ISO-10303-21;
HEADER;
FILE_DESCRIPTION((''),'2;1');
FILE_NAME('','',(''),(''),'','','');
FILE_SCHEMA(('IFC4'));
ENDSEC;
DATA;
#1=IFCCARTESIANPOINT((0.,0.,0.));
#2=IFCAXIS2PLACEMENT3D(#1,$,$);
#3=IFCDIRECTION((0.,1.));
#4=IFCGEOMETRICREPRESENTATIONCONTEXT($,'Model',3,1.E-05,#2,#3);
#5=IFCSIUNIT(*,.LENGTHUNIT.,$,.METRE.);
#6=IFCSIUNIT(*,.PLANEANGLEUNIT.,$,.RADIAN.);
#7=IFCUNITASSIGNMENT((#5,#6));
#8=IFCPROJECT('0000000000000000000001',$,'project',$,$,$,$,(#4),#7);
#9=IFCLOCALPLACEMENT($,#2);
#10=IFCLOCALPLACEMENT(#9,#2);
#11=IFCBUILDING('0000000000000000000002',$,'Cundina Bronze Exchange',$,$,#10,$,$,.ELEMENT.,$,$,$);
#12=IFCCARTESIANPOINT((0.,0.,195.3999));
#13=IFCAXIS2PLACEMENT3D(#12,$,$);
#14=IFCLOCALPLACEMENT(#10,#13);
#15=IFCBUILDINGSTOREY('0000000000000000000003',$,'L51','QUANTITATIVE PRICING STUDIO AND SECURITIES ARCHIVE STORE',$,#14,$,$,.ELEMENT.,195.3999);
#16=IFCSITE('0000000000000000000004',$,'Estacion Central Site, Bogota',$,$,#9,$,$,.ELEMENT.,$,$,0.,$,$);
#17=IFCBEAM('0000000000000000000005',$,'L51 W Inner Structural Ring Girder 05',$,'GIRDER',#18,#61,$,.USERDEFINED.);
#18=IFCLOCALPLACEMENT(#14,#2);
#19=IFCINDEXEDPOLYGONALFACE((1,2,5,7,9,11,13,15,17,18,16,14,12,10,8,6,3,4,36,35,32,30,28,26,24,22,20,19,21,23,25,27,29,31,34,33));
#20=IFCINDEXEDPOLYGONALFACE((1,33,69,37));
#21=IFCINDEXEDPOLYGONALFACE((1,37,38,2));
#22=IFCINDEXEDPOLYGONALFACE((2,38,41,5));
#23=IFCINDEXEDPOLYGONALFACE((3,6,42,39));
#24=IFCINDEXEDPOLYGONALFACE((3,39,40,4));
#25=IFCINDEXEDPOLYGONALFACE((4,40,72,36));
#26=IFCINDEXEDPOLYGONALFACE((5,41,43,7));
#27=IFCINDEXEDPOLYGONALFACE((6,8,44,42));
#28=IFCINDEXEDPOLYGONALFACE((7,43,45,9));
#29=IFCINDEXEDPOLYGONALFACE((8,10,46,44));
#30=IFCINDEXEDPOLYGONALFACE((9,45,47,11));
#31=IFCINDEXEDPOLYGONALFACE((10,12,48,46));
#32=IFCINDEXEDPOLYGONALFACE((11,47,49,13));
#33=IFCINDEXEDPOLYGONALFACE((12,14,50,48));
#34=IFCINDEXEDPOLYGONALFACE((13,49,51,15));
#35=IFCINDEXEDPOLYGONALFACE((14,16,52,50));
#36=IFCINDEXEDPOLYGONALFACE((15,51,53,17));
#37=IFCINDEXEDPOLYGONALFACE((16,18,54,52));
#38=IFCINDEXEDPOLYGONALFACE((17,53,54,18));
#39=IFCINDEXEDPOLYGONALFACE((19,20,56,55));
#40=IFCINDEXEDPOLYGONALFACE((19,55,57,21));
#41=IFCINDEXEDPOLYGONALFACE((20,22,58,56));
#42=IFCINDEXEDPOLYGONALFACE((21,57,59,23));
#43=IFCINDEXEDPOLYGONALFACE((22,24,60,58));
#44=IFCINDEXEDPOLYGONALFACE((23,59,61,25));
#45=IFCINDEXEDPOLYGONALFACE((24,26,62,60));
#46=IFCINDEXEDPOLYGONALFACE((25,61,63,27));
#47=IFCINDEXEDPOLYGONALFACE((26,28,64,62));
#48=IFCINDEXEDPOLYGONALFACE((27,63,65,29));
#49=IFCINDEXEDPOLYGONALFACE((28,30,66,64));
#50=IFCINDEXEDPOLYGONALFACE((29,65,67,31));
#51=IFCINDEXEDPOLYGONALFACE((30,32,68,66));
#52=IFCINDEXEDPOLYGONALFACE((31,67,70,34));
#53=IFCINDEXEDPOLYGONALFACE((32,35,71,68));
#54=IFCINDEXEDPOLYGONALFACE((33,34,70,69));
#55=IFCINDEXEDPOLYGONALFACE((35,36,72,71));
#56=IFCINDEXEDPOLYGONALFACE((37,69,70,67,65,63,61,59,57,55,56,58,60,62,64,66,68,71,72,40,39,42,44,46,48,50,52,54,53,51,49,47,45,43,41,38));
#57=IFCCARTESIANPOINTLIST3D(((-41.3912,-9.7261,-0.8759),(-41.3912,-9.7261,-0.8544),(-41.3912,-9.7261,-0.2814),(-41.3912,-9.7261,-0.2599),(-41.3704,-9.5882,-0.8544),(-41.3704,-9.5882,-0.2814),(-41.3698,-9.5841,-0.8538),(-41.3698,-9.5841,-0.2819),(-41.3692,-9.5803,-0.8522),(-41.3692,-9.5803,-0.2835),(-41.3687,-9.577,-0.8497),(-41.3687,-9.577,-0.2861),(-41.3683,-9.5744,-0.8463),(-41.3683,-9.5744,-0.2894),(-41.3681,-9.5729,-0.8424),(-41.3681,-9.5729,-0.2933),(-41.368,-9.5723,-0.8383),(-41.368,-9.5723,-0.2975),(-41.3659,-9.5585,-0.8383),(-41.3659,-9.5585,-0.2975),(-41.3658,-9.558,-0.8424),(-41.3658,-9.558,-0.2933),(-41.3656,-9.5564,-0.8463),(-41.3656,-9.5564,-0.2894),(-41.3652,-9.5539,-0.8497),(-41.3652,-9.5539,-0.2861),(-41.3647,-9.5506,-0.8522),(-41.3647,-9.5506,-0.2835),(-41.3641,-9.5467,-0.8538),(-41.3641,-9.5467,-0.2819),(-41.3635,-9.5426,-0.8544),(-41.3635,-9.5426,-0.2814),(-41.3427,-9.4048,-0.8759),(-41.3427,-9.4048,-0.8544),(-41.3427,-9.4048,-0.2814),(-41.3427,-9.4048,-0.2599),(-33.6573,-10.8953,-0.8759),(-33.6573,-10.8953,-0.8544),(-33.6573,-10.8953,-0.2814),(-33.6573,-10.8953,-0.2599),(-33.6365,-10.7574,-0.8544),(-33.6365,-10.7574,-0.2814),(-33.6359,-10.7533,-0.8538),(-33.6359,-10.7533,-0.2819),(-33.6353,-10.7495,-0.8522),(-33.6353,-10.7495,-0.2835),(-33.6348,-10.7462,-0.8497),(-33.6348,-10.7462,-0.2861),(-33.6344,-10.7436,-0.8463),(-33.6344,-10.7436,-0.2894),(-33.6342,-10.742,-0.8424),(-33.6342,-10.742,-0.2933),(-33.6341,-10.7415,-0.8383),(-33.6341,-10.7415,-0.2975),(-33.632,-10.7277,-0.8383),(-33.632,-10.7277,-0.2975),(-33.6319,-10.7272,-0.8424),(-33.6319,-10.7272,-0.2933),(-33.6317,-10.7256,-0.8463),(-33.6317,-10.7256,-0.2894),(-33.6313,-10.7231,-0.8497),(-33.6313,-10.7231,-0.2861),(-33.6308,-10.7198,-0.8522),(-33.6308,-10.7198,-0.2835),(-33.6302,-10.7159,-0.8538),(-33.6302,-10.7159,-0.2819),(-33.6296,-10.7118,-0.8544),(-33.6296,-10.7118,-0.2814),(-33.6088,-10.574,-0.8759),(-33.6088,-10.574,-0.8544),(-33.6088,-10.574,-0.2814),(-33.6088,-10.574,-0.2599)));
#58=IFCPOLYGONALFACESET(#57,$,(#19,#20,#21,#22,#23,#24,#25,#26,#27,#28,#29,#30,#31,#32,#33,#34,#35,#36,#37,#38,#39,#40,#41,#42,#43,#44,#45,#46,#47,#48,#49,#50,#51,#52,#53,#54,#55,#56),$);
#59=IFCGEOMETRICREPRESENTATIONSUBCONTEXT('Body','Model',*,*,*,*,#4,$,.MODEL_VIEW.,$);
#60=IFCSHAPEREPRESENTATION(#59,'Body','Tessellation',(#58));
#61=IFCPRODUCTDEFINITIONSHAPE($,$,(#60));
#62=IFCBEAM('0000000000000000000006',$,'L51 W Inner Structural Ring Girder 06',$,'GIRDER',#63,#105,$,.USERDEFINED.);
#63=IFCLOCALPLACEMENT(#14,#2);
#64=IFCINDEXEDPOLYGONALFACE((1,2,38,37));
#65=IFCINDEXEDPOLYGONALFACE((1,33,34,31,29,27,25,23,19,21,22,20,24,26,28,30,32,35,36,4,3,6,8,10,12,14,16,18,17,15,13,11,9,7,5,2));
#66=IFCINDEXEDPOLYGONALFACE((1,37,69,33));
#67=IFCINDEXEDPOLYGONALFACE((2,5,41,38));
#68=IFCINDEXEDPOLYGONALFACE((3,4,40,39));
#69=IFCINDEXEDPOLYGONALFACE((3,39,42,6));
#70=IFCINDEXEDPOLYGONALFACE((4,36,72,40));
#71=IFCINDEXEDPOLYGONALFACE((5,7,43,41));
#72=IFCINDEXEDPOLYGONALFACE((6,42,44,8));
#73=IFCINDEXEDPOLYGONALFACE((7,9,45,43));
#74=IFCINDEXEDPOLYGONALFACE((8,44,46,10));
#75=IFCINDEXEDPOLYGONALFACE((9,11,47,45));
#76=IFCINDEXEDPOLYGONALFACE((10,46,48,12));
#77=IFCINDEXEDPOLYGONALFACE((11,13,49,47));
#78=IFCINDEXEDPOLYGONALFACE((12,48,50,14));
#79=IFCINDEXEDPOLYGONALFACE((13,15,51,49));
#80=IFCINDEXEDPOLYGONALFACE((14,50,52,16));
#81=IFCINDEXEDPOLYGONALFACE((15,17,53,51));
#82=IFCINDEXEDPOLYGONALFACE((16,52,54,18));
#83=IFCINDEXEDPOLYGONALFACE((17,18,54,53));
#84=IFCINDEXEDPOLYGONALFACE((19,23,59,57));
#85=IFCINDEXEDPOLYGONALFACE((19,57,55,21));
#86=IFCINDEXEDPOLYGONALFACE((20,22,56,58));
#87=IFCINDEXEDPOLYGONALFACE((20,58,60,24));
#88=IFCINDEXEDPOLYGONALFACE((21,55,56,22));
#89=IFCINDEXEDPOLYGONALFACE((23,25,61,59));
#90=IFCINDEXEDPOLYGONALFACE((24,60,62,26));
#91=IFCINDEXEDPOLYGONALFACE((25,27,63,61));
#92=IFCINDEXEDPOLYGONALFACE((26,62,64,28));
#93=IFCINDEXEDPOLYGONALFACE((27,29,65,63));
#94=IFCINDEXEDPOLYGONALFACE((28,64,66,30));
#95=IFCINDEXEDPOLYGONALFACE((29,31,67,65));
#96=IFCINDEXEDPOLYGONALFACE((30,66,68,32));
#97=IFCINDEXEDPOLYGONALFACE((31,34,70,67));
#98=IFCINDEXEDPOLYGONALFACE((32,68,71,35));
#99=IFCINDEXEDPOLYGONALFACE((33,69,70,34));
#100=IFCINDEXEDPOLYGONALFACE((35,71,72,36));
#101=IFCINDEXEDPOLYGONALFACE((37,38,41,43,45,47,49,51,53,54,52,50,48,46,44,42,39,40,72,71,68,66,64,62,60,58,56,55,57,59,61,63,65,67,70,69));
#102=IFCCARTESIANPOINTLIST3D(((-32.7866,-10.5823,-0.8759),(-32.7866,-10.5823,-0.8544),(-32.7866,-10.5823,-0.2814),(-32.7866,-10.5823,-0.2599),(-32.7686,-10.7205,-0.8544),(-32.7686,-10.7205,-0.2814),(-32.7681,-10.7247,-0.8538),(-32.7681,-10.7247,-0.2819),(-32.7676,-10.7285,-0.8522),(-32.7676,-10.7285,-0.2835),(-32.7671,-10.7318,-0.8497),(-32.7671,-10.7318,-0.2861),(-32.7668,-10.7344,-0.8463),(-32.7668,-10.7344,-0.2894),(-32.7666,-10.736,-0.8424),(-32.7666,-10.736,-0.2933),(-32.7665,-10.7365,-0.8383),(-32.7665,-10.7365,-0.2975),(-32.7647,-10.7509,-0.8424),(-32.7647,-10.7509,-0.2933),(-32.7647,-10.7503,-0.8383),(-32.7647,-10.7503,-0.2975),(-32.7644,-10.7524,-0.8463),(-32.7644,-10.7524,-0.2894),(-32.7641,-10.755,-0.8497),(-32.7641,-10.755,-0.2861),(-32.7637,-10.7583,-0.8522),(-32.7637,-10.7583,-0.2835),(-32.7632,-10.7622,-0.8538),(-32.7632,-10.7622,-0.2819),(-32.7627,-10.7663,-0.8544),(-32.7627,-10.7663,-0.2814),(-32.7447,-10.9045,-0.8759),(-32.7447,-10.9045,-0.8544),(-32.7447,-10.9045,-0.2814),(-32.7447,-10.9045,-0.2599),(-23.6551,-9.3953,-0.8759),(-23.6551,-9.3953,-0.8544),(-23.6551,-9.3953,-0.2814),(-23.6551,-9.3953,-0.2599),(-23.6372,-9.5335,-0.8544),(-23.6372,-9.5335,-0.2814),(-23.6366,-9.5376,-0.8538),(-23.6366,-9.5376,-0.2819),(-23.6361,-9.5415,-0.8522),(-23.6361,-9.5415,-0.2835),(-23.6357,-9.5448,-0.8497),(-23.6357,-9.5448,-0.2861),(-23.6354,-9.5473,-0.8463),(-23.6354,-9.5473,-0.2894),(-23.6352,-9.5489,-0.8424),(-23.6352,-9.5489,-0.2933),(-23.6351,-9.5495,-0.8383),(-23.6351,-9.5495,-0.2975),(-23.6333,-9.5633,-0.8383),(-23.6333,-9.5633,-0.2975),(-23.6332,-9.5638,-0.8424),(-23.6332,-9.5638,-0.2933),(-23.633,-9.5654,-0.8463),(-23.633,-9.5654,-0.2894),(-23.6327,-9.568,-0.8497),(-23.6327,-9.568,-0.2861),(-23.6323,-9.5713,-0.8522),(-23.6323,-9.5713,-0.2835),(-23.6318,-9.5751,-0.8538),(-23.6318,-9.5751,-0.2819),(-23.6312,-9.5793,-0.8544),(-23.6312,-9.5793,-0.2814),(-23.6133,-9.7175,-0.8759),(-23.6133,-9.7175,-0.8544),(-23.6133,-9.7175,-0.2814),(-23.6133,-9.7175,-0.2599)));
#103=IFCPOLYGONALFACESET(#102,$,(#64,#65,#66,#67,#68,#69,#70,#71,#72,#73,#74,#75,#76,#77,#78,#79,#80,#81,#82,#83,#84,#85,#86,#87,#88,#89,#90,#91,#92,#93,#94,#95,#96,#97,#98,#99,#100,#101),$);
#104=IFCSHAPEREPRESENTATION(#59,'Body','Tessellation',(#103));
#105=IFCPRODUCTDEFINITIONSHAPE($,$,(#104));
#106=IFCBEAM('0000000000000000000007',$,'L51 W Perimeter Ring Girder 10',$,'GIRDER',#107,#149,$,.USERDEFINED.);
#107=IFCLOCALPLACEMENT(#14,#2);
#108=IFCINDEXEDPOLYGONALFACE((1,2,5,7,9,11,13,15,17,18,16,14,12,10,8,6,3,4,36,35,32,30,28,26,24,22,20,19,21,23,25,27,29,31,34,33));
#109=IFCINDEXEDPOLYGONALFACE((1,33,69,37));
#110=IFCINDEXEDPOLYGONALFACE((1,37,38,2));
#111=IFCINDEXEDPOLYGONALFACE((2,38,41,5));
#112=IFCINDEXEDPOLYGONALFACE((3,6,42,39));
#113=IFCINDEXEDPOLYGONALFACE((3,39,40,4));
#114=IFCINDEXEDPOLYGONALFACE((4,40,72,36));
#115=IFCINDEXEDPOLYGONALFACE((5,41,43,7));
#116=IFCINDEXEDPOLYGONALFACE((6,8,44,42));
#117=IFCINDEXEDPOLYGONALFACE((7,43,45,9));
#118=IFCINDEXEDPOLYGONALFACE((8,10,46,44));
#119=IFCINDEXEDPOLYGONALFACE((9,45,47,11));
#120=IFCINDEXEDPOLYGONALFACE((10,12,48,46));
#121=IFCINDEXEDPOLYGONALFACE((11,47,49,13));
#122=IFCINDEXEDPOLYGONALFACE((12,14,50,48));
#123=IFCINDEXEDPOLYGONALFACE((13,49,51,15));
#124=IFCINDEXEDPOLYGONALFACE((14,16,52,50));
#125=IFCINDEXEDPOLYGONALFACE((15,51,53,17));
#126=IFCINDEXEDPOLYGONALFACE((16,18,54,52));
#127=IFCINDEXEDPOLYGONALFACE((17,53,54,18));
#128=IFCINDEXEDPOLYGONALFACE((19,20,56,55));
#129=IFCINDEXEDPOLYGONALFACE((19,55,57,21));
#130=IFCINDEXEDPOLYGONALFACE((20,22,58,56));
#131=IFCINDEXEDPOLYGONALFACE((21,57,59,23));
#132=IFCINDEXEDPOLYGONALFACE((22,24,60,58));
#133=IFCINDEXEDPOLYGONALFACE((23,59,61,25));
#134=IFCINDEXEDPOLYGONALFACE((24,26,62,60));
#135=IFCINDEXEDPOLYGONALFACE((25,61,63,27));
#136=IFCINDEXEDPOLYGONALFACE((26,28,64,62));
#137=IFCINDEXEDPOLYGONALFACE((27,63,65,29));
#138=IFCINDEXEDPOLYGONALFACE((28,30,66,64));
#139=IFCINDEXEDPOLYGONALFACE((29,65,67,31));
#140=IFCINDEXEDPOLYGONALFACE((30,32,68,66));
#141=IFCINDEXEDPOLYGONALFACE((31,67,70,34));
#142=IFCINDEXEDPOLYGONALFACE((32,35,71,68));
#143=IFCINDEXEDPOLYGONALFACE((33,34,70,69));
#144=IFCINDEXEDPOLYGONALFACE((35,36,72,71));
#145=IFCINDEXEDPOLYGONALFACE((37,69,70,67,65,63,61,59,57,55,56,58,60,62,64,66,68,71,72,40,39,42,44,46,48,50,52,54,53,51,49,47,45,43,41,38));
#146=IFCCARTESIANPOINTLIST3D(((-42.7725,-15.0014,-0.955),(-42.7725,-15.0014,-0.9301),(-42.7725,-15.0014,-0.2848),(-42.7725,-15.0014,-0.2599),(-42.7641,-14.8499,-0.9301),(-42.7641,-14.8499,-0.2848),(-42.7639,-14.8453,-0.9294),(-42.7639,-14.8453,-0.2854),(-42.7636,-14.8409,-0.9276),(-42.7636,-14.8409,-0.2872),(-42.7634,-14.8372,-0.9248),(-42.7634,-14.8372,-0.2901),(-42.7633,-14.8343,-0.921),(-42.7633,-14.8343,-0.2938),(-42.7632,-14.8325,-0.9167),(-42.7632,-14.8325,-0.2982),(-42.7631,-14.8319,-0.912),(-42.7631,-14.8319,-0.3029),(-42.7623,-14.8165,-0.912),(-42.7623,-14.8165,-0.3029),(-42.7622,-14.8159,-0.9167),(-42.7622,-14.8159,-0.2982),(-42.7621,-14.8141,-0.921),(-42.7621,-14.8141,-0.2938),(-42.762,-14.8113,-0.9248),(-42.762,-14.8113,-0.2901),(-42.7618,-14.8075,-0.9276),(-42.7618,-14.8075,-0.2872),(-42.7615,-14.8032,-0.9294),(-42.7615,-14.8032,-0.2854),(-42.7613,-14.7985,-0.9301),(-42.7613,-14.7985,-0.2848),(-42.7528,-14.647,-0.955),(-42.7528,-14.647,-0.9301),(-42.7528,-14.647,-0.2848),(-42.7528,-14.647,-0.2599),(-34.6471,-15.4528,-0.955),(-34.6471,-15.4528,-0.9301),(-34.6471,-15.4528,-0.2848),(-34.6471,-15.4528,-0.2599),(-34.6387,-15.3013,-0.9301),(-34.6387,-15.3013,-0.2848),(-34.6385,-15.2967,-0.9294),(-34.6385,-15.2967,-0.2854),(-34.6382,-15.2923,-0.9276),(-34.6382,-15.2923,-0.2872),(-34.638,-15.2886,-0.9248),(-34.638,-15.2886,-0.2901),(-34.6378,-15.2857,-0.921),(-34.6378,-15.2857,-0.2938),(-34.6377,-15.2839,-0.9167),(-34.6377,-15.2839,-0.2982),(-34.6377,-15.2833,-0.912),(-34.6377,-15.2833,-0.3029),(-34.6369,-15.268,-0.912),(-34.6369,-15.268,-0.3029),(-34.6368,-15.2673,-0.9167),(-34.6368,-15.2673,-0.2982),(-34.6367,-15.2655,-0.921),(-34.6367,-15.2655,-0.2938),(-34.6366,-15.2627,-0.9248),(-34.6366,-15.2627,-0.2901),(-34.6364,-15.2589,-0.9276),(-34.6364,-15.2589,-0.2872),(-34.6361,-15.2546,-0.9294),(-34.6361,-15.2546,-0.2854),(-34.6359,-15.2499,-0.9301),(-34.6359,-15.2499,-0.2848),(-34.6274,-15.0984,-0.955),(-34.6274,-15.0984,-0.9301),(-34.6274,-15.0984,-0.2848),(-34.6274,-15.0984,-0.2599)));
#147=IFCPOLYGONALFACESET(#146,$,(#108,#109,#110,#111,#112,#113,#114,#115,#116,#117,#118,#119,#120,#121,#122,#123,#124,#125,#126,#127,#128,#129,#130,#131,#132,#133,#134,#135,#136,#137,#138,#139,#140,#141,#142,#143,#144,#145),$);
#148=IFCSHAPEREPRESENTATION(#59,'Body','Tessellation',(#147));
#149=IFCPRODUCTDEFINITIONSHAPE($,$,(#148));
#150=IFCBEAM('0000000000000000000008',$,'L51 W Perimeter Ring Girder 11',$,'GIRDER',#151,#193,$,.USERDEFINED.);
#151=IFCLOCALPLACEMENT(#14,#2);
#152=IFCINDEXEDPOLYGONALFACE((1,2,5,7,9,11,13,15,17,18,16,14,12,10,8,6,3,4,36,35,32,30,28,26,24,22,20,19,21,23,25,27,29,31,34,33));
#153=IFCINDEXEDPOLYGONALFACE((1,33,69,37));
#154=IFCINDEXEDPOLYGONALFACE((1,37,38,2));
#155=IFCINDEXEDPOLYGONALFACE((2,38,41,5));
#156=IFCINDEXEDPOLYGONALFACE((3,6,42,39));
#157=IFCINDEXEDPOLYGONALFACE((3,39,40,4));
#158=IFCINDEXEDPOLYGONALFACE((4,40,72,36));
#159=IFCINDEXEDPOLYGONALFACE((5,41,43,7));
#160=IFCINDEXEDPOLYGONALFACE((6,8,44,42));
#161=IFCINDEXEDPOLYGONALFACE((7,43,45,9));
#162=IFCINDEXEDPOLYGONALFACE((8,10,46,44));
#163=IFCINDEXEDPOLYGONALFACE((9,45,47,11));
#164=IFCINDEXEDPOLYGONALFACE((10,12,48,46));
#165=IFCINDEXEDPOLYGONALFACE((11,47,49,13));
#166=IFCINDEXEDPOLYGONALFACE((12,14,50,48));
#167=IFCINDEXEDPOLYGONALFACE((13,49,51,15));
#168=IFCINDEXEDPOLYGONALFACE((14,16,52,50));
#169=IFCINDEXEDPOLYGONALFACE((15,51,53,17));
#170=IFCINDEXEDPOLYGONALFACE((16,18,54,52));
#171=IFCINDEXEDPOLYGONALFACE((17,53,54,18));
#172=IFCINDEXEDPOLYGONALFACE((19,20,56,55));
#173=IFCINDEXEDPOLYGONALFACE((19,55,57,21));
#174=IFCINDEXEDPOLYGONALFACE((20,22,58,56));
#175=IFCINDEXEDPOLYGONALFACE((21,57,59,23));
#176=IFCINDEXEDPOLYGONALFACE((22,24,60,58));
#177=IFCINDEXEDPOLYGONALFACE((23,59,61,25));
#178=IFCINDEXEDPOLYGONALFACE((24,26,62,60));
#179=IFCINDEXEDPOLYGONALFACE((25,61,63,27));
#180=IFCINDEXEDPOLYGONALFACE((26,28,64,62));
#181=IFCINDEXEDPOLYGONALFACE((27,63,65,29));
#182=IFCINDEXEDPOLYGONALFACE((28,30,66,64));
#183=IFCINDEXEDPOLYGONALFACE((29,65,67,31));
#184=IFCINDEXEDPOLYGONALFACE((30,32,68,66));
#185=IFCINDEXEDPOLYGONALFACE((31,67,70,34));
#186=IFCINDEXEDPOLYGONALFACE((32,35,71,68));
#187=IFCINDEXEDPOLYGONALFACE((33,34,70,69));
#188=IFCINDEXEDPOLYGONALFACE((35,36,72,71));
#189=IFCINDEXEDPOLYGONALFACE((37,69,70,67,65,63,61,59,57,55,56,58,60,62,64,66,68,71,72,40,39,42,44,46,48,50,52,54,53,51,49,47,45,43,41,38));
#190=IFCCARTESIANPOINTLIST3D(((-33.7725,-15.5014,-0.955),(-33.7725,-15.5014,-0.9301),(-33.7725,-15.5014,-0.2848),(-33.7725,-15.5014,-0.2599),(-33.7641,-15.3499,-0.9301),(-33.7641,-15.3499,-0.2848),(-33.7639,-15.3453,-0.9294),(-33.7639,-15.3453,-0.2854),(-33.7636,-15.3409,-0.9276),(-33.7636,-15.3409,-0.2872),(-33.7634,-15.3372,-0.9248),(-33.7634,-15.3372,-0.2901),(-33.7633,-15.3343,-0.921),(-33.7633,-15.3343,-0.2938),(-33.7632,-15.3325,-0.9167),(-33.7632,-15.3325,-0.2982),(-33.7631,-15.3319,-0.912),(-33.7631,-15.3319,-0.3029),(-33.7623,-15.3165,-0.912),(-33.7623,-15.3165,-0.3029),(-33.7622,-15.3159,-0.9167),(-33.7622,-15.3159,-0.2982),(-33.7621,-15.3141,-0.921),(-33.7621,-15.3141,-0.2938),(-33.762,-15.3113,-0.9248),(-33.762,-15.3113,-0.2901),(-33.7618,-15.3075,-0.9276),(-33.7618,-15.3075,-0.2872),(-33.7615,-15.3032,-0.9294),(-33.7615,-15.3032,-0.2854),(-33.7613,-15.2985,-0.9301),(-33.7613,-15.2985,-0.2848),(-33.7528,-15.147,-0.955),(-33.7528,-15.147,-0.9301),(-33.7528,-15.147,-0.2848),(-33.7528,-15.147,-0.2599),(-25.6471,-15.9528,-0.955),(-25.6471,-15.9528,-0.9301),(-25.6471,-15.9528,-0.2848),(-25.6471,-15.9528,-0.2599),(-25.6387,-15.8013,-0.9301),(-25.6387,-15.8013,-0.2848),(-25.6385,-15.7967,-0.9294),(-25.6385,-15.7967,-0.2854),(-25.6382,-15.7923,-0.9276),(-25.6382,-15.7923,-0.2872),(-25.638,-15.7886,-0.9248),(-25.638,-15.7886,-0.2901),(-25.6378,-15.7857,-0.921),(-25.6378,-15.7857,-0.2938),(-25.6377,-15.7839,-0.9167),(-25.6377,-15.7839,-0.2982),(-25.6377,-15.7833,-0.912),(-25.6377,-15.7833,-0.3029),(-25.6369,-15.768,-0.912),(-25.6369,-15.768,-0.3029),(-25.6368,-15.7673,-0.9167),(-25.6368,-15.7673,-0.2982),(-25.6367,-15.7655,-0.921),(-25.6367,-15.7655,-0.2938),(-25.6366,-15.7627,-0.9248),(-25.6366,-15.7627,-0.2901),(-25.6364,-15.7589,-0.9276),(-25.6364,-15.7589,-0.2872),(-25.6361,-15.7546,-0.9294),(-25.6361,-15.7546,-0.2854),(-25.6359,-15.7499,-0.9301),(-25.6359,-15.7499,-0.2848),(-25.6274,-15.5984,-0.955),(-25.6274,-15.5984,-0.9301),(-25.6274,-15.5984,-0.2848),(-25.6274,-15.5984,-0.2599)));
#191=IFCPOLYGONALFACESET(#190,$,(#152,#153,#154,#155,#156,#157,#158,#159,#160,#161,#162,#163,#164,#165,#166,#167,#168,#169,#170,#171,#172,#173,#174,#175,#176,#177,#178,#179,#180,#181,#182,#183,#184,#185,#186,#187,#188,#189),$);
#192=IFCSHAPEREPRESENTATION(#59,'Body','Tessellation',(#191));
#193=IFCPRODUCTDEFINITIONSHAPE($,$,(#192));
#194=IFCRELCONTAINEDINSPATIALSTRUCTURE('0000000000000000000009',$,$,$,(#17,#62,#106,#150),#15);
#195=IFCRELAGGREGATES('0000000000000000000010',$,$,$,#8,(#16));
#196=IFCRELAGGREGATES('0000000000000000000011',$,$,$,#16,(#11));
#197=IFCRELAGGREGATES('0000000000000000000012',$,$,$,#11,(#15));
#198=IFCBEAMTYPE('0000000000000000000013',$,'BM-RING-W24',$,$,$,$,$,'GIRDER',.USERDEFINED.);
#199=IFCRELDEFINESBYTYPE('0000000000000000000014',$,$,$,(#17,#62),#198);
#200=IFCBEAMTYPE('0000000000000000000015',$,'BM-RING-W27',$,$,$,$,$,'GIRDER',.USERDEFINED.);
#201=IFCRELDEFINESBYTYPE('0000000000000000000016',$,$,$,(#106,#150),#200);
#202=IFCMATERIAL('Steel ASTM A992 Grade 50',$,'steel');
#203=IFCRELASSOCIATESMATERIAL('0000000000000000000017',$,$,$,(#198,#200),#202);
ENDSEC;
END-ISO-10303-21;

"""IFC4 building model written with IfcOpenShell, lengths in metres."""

from ifc_helpers import new_model, si_unit, direction, frame, origin, origin_2d, place, context, subcontext, project, spatial, i_section, extrude, material, material_profile, profile_set, type_object, element, save


model = new_model("IFC4")

# Units and contexts
model_context = context("Model", 3, precision=1e-05, world=origin(), true_north=direction((0.0, 1.0)))
body_context = subcontext(model_context, "Body", "Model", "MODEL_VIEW")
ifc_project = project(units=[si_unit("LENGTHUNIT", "METRE"), si_unit("PLANEANGLEUNIT", "RADIAN")], contexts=[model_context])

# Site, building, storey
site_placement = place(None, origin())
site = spatial("IfcSite", under=ifc_project, at=site_placement, Name="Estacion Central Site, Bogota", CompositionType="ELEMENT", RefElevation=0.0)
building_placement = place(site_placement, origin())
building = spatial("IfcBuilding", under=site, at=building_placement, Name="Cundina Bronze Exchange", CompositionType="ELEMENT")
storey_placement = place(building_placement, frame((0.0, 0.0, 195.3999)))
storey = spatial("IfcBuildingStorey", under=building, at=storey_placement, Name="L51", Description="QUANTITATIVE PRICING STUDIO AND SECURITIES ARCHIVE STORE", CompositionType="ELEMENT", Elevation=195.3999)

# Beams
ifc_material_1 = material(Name="Steel ASTM A992 Grade 50", Category="steel")
ifc_material_profile_1 = material_profile(ifc_material_1, i_section(OverallWidth=0.325, OverallDepth=0.616, WebThickness=0.0139, FlangeThickness=0.0215, FilletRadius=0.0161, at=origin_2d()), Name="W24X117", Category="steel")
ifc_profile_set_1 = profile_set([ifc_material_profile_1], Name="Steel ASTM A992 Grade 50")
beam_type_1 = type_object("IfcBeamType", Name="BM-RING-W24", ElementType="GIRDER", PredefinedType="USERDEFINED", material=ifc_profile_set_1)
beam_1_placement = place(storey_placement, frame((-41.3669, -9.5654, -0.5679), z_axis=(0.988765, -0.149479, 0.0), x_axis=(0.149479, 0.988765, 0.0)))
element("IfcBeam", 1, at=beam_1_placement, inside=storey, type_object=beam_type_1, Name="L51 W Inner Structural Ring Girder 05", ObjectType="GIRDER", PredefinedType="USERDEFINED", context=body_context, shape_type="SweptSolid", body=[
    extrude(i_section(OverallWidth=0.325, OverallDepth=0.616, WebThickness=0.0139, FlangeThickness=0.0215, FilletRadius=0.0161, at=origin_2d()), origin(), (0.0, 0.0, 1.0), 7.8218),
])
beam_2_placement = place(storey_placement, frame((-32.7656, -10.7434, -0.5679), z_axis=(0.991656, 0.128908, 0.0), x_axis=(-0.128908, 0.991656, 0.0)))
element("IfcBeam", 2, at=beam_2_placement, inside=storey, type_object=beam_type_1, Name="L51 W Inner Structural Ring Girder 06", ObjectType="GIRDER", PredefinedType="USERDEFINED", context=body_context, shape_type="SweptSolid", body=[
    extrude(i_section(OverallWidth=0.325, OverallDepth=0.616, WebThickness=0.0139, FlangeThickness=0.0215, FilletRadius=0.0161, at=origin_2d()), origin(), (0.0, 0.0, 1.0), 9.2083),
])
ifc_material_profile_2 = material_profile(ifc_material_1, i_section(OverallWidth=0.355, OverallDepth=0.6951, WebThickness=0.0154, FlangeThickness=0.0249, FilletRadius=0.0181, at=origin_2d()), Name="W27X146", Category="steel")
ifc_profile_set_2 = profile_set([ifc_material_profile_2], Name="Steel ASTM A992 Grade 50")
beam_type_2 = type_object("IfcBeamType", Name="BM-RING-W27", ElementType="GIRDER", PredefinedType="USERDEFINED", material=ifc_profile_set_2)
for number, where, z_axis, x_axis, name in (
    (3, (-42.7627, -14.8242, -0.6074), (0.99846, -0.05547, 0.0), (0.05547, 0.99846, 0.0), "L51 W Perimeter Ring Girder 10"),
    (4, (-33.7627, -15.3242, -0.6074), (0.99846, -0.05547, 0.0), (0.05547, 0.99846, 0.0), "L51 W Perimeter Ring Girder 11"),
):
    element("IfcBeam", number, at=place(storey_placement, frame(where, z_axis=z_axis, x_axis=x_axis)), inside=storey, type_object=beam_type_2, Name=name, ObjectType="GIRDER", PredefinedType="USERDEFINED", context=body_context, shape_type="SweptSolid", body=[
        extrude(i_section(OverallWidth=0.355, OverallDepth=0.6951, WebThickness=0.0154, FlangeThickness=0.0249, FilletRadius=0.0181, at=origin_2d()), origin(), (0.0, 0.0, 1.0), 8.1379),
    ])

save(model, "model.ifc")
